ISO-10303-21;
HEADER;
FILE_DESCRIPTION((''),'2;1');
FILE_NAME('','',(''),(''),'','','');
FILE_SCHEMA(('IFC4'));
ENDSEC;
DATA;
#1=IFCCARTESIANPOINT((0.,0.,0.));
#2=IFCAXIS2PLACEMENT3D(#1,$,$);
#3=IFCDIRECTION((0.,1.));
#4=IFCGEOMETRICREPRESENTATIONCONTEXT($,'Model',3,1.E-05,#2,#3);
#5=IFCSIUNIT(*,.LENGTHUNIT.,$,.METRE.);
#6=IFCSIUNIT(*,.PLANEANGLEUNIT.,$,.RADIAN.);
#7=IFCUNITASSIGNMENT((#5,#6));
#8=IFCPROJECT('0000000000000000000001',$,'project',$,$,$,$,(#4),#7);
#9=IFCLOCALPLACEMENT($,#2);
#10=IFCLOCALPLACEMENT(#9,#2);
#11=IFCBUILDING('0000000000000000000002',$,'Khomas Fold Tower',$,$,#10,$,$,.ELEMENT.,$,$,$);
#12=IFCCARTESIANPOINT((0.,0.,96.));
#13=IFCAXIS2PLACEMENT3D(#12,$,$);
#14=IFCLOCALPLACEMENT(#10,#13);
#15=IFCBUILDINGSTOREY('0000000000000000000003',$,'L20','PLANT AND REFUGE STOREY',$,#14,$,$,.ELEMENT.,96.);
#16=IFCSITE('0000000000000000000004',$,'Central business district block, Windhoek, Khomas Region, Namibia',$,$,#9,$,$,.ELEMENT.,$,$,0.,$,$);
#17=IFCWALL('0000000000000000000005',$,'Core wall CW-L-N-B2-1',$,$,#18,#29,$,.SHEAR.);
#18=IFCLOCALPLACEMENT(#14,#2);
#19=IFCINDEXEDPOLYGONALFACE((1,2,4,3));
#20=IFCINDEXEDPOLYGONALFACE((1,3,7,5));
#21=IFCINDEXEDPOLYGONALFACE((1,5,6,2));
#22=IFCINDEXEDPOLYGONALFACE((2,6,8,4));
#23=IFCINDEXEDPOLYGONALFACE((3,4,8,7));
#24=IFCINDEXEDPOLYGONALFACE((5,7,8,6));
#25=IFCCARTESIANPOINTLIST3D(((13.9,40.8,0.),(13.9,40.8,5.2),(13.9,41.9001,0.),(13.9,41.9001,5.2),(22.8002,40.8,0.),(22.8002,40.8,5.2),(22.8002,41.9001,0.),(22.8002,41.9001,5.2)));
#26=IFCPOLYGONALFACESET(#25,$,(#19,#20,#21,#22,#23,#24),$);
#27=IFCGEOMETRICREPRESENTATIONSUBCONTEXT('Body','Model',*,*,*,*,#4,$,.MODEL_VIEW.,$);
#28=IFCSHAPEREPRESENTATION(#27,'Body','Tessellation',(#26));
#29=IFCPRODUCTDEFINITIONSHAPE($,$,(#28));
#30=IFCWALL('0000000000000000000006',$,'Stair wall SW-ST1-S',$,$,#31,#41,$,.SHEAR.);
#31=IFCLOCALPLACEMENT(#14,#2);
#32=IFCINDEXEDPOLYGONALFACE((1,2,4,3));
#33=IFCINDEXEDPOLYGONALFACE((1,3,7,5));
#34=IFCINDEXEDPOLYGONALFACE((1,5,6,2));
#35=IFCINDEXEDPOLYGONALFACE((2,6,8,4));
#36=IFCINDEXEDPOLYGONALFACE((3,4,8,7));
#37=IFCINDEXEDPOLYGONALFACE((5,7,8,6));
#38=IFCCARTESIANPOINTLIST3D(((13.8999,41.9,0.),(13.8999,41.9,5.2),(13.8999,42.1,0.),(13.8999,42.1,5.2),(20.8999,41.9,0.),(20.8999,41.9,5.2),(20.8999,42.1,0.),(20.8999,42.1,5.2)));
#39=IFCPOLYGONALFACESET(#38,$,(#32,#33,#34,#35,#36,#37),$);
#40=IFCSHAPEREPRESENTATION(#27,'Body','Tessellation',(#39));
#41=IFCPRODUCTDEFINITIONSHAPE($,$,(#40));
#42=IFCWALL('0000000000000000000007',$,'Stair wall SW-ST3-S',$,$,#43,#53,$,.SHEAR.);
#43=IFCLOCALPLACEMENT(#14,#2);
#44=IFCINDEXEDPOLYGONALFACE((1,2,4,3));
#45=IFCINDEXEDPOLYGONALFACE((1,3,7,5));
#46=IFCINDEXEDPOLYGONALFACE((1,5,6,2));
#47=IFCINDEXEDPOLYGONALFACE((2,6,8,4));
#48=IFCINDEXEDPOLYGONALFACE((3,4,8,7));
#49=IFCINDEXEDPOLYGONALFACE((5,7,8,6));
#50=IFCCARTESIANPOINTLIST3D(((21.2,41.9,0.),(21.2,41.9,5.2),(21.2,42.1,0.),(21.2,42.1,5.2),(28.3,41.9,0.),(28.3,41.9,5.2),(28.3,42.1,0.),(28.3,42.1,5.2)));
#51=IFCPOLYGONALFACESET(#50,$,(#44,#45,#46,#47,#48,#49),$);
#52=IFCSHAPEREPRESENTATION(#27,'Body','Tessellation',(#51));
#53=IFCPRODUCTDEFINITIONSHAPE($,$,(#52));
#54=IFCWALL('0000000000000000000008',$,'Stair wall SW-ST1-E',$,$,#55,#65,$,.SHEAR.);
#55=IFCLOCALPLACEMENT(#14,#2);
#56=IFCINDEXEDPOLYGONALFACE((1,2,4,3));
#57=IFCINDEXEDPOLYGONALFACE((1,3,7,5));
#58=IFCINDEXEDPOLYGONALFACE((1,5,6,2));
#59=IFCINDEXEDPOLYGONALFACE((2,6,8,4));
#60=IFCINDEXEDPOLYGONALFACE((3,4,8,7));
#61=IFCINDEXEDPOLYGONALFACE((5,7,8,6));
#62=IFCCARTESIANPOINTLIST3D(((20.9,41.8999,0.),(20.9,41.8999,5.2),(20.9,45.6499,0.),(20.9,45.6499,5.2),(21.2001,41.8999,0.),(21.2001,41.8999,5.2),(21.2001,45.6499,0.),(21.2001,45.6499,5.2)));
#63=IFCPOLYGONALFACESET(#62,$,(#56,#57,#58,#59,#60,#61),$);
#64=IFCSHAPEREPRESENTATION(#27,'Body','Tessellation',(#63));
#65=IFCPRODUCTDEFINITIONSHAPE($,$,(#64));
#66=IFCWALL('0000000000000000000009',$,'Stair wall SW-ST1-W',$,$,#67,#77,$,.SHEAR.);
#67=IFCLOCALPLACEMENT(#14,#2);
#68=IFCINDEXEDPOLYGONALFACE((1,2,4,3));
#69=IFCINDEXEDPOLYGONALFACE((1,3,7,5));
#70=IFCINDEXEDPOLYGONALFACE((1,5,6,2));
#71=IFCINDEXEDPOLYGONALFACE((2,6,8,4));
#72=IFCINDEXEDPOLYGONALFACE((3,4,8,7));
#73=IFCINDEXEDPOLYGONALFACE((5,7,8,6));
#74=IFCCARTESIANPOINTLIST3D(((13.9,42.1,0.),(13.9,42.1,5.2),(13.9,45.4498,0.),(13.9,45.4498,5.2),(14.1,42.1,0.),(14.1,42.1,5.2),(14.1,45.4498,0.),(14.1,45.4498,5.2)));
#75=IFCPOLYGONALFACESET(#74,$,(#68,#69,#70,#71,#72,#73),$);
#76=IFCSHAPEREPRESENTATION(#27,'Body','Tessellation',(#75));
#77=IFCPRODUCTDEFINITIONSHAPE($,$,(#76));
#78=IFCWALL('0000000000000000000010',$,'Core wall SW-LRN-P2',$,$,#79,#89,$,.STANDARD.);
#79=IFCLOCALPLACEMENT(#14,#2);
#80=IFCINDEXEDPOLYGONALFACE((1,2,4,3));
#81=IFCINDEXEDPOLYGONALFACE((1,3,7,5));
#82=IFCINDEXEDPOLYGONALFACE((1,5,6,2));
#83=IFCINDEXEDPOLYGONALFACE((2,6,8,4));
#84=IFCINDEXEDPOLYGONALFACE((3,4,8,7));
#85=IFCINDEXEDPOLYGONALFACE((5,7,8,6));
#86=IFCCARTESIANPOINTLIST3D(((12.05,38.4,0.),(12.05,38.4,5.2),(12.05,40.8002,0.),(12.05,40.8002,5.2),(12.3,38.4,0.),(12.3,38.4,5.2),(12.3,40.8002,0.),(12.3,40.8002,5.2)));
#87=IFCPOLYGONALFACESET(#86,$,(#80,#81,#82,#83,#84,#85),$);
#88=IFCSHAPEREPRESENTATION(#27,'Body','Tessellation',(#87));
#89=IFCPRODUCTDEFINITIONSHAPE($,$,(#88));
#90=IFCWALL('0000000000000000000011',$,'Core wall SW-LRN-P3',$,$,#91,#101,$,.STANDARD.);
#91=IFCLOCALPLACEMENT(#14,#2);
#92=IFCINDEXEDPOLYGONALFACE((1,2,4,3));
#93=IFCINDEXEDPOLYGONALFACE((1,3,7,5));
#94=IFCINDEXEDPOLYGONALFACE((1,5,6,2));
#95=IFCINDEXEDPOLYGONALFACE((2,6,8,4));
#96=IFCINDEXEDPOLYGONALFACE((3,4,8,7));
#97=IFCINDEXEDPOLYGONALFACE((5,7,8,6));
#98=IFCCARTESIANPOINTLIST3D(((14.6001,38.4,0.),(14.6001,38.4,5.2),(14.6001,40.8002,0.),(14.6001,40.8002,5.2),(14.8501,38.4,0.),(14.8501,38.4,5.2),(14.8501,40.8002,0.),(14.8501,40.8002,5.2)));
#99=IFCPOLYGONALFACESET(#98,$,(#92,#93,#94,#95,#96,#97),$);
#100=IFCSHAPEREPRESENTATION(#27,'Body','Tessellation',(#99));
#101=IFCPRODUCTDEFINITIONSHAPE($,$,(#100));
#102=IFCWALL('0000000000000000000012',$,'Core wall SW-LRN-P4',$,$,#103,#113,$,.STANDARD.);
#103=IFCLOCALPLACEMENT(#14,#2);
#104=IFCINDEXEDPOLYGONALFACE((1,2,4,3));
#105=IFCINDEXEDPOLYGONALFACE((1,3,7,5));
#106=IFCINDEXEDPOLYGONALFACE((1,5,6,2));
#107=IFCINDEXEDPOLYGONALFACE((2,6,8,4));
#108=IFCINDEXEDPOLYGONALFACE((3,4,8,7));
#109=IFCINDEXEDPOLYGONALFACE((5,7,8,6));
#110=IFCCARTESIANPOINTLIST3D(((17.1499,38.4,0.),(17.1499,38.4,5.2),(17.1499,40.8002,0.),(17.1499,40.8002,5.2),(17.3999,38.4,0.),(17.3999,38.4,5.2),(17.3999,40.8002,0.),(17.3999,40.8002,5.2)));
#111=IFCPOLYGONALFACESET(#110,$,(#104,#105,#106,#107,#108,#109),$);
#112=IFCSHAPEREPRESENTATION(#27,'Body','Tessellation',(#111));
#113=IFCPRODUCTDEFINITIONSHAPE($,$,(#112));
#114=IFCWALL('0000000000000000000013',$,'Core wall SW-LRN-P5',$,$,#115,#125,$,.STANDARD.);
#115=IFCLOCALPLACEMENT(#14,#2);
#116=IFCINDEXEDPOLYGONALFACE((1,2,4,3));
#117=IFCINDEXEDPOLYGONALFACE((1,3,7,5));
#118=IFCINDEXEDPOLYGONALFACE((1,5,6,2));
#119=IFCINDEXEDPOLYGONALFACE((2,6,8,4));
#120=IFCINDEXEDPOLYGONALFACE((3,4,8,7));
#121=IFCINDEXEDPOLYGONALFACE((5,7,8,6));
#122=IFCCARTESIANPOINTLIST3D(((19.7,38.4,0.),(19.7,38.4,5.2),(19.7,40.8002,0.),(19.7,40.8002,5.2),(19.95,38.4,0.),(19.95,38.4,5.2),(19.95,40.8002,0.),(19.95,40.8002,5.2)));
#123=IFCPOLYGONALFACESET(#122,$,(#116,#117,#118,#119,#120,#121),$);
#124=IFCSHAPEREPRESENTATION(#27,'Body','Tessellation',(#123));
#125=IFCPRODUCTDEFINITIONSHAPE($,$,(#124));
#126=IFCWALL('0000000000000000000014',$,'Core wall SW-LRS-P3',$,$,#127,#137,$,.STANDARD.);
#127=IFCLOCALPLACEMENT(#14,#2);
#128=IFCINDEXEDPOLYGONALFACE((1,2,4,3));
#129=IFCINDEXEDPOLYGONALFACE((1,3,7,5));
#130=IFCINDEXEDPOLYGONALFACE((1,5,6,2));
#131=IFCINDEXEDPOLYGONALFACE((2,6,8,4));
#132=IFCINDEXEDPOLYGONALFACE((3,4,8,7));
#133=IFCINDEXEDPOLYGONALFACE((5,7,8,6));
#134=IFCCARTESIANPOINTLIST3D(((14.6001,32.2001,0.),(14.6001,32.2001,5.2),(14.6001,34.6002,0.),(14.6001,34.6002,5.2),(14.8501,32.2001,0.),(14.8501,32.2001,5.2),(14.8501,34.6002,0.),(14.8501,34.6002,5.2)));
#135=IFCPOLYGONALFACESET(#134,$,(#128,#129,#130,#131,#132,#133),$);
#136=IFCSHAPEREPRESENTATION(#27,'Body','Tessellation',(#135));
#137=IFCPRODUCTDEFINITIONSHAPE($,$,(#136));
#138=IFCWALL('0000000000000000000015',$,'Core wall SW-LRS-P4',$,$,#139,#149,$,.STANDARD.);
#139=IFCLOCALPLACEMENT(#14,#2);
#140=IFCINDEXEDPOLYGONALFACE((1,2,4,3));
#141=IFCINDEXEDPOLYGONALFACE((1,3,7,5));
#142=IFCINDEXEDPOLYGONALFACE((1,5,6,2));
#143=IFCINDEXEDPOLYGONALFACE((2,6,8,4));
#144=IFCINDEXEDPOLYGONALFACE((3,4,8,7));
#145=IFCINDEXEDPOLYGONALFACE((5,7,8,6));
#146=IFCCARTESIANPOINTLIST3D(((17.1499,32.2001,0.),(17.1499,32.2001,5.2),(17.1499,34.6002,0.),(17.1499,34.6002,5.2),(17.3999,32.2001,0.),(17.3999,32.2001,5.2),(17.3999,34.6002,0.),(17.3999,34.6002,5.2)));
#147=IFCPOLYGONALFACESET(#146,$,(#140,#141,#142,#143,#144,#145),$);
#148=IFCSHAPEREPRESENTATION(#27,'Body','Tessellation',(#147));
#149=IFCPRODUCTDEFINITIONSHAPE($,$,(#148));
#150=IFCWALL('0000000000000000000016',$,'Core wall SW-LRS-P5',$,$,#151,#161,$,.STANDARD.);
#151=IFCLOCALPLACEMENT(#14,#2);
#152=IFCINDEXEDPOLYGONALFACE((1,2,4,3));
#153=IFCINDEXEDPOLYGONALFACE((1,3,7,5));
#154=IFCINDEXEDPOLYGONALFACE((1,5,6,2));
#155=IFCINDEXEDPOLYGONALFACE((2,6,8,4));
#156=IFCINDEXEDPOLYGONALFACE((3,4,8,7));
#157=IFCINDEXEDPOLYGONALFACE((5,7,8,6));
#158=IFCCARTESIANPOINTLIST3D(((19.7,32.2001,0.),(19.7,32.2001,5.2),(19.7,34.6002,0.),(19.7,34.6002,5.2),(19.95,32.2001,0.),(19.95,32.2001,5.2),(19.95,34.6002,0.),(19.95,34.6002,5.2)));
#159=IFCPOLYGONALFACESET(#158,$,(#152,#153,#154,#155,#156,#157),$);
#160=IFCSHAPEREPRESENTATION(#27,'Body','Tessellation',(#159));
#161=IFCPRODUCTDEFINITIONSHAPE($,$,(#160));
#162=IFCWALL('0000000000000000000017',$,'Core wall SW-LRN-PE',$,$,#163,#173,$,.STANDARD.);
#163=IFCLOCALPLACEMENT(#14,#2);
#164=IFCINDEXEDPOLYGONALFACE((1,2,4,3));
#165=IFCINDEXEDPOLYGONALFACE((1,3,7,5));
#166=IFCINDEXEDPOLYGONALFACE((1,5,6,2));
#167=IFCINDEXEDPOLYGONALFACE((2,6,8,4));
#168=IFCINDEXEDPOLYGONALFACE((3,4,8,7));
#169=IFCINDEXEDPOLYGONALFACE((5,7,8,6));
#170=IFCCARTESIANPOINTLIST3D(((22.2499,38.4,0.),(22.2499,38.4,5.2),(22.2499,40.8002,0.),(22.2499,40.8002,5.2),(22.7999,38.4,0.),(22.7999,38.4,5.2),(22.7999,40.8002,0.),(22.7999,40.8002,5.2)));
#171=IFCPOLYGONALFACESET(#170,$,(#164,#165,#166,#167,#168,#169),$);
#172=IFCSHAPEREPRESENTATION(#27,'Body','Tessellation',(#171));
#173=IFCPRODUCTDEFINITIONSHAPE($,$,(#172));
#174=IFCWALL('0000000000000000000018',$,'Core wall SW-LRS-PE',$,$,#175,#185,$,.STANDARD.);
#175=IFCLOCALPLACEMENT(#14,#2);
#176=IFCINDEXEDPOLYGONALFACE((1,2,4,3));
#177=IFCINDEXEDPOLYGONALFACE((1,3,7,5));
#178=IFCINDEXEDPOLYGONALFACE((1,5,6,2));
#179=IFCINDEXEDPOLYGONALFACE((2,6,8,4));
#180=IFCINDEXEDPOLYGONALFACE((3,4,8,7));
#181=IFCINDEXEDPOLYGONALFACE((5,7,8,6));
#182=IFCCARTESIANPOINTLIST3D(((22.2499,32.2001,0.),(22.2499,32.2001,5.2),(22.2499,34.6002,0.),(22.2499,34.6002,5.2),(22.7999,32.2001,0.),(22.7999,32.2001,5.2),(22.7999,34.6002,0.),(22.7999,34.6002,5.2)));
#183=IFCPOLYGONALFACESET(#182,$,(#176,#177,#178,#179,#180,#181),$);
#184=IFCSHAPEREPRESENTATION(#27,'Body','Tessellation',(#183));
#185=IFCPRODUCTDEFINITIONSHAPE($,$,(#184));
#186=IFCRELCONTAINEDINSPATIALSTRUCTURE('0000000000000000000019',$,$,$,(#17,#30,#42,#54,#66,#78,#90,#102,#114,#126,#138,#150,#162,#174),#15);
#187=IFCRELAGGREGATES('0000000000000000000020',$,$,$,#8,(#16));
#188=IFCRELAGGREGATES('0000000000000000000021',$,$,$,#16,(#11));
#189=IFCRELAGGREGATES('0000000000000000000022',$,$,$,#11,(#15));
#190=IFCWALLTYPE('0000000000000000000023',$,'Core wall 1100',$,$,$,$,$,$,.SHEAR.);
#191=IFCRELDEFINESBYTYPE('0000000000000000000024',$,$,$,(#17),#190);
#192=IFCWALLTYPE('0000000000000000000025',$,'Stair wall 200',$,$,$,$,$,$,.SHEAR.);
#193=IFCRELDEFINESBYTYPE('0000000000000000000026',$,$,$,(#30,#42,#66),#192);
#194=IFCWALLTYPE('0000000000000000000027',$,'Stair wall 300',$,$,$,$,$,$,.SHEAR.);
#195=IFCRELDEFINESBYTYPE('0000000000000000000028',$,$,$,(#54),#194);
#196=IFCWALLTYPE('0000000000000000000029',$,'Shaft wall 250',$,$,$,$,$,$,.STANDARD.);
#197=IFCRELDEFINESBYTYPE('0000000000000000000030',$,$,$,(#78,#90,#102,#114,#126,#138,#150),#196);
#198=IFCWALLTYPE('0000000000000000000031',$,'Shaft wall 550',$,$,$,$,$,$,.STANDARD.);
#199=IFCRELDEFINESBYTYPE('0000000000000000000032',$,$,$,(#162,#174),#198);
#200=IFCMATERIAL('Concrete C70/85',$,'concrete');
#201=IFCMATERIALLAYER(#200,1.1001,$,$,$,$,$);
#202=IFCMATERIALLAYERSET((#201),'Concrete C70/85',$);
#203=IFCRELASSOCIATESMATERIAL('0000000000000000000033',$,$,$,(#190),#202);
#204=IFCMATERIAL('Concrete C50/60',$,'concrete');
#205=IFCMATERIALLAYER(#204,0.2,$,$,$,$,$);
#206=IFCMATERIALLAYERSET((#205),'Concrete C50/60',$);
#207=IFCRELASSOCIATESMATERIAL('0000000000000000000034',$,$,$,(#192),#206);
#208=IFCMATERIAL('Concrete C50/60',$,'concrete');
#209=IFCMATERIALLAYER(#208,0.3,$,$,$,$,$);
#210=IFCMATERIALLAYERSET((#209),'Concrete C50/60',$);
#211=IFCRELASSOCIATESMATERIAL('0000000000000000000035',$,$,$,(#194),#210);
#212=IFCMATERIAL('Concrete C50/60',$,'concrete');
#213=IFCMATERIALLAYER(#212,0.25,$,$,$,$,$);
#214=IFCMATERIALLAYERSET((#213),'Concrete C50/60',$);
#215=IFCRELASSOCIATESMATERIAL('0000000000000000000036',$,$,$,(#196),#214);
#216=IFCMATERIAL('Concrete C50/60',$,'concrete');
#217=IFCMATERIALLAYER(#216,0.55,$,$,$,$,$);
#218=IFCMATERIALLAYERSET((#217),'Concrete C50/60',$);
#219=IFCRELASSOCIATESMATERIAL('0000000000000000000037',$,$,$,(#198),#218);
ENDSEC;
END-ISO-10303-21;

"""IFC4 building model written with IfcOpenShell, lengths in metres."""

from ifc_helpers import new_model, si_unit, direction, frame, frame_2d, origin, place, context, subcontext, project, spatial, rectangle, extrude, source, transform, mapped, material, layer, layer_set, type_object, element, save


model = new_model("IFC4")

# Units and contexts
model_context = context("Model", 3, precision=1e-05, world=origin(), true_north=direction((0.0, 1.0)))
body_context = subcontext(model_context, "Body", "Model", "MODEL_VIEW")
ifc_project = project(units=[si_unit("LENGTHUNIT", "METRE"), si_unit("PLANEANGLEUNIT", "RADIAN")], contexts=[model_context])

# Site, building, storey
site_placement = place(None, origin())
site = spatial("IfcSite", under=ifc_project, at=site_placement, Name="Central business district block, Windhoek, Khomas Region, Namibia", CompositionType="ELEMENT", RefElevation=0.0)
building_placement = place(site_placement, origin())
building = spatial("IfcBuilding", under=site, at=building_placement, Name="Khomas Fold Tower", CompositionType="ELEMENT")
storey_placement = place(building_placement, frame((0.0, 0.0, 96.0)))
storey = spatial("IfcBuildingStorey", under=building, at=storey_placement, Name="L20", Description="PLANT AND REFUGE STOREY", CompositionType="ELEMENT", Elevation=96.0)

# Walls
ifc_material_1 = material(Name="Concrete C70/85", Category="concrete")
ifc_layer_1 = layer(ifc_material_1, 1.1001)
ifc_layer_set_1 = layer_set([ifc_layer_1], Name="Concrete C70/85")
wall_type_1 = type_object("IfcWallType", Name="Core wall 1100", PredefinedType="SHEAR", material=ifc_layer_set_1)
shared_shape_1 = source(origin(), body_context, "Body", "SweptSolid", [
    extrude(rectangle(XDim=8.9001, YDim=1.1001, at=frame_2d((4.4502, 0.0))), origin(), (0.0, 0.0, 1.0), 5.2),
])
wall_1_placement = place(storey_placement, frame((13.8999, 41.3501, 0.0), z_axis=(0.0, 0.0, 1.0), x_axis=(1.0, 0.0, 0.0)))
element("IfcWall", 1, at=wall_1_placement, inside=storey, type_object=wall_type_1, Name="Core wall CW-L-N-B2-1", PredefinedType="SHEAR", context=body_context, shape_type="MappedRepresentation", body=[
    mapped(shared_shape_1, transform((0.0, 0.0, 0.0))),
])
ifc_material_2 = material(Name="Concrete C50/60", Category="concrete")
ifc_layer_2 = layer(ifc_material_2, 0.2)
ifc_layer_set_2 = layer_set([ifc_layer_2], Name="Concrete C50/60")
wall_type_2 = type_object("IfcWallType", Name="Stair wall 200", PredefinedType="SHEAR", material=ifc_layer_set_2)
shared_shape_2 = source(origin(), body_context, "Body", "SweptSolid", [
    extrude(rectangle(XDim=7.0, YDim=0.2, at=frame_2d((3.5, 0.0))), origin(), (0.0, 0.0, 1.0), 5.2),
])
wall_2_placement = place(storey_placement, frame((13.8999, 42.0, 0.0), z_axis=(0.0, 0.0, 1.0), x_axis=(1.0, 0.0, 0.0)))
element("IfcWall", 2, at=wall_2_placement, inside=storey, type_object=wall_type_2, Name="Stair wall SW-ST1-S", PredefinedType="SHEAR", context=body_context, shape_type="MappedRepresentation", body=[
    mapped(shared_shape_2, transform((0.0, 0.0, 0.0))),
])
shared_shape_3 = source(origin(), body_context, "Body", "SweptSolid", [
    extrude(rectangle(XDim=7.1001, YDim=0.2, at=frame_2d((3.55, 0.0))), origin(), (0.0, 0.0, 1.0), 5.2),
])
wall_3_placement = place(storey_placement, frame((21.2, 42.0, 0.0), z_axis=(0.0, 0.0, 1.0), x_axis=(1.0, 0.0, 0.0)))
element("IfcWall", 3, at=wall_3_placement, inside=storey, type_object=wall_type_2, Name="Stair wall SW-ST3-S", PredefinedType="SHEAR", context=body_context, shape_type="MappedRepresentation", body=[
    mapped(shared_shape_3, transform((0.0, 0.0, 0.0))),
])
ifc_material_3 = material(Name="Concrete C50/60", Category="concrete")
ifc_layer_3 = layer(ifc_material_3, 0.3)
ifc_layer_set_3 = layer_set([ifc_layer_3], Name="Concrete C50/60")
wall_type_3 = type_object("IfcWallType", Name="Stair wall 300", PredefinedType="SHEAR", material=ifc_layer_set_3)
shared_shape_4 = source(origin(), body_context, "Body", "SweptSolid", [
    extrude(rectangle(XDim=3.75, YDim=0.3, at=frame_2d((1.875, 0.0))), origin(), (0.0, 0.0, 1.0), 5.2),
])
wall_4_placement = place(storey_placement, frame((21.05, 41.8999, 0.0), z_axis=(0.0, 0.0, 1.0), x_axis=(0.0, 1.0, 0.0)))
element("IfcWall", 4, at=wall_4_placement, inside=storey, type_object=wall_type_3, Name="Stair wall SW-ST1-E", PredefinedType="SHEAR", context=body_context, shape_type="MappedRepresentation", body=[
    mapped(shared_shape_4, transform((0.0, 0.0, 0.0))),
])
shared_shape_5 = source(origin(), body_context, "Body", "SweptSolid", [
    extrude(rectangle(XDim=3.3499, YDim=0.2, at=frame_2d((1.6748, 0.0))), origin(), (0.0, 0.0, 1.0), 5.2),
])
wall_5_placement = place(storey_placement, frame((14.0, 42.1001, 0.0), z_axis=(0.0, 0.0, 1.0), x_axis=(0.0, 1.0, 0.0)))
element("IfcWall", 5, at=wall_5_placement, inside=storey, type_object=wall_type_2, Name="Stair wall SW-ST1-W", PredefinedType="SHEAR", context=body_context, shape_type="MappedRepresentation", body=[
    mapped(shared_shape_5, transform((0.0, 0.0, 0.0))),
])
ifc_material_4 = material(Name="Concrete C50/60", Category="concrete")
ifc_layer_4 = layer(ifc_material_4, 0.25)
ifc_layer_set_4 = layer_set([ifc_layer_4], Name="Concrete C50/60")
wall_type_4 = type_object("IfcWallType", Name="Shaft wall 250", PredefinedType="STANDARD", material=ifc_layer_set_4)
shared_shape_6 = source(origin(), body_context, "Body", "SweptSolid", [
    extrude(rectangle(XDim=2.4001, YDim=0.25, at=frame_2d((1.2002, 0.0))), origin(), (0.0, 0.0, 1.0), 5.2),
])
for number, where, z_axis, x_axis, name in (
    (6, (12.175, 38.3999, 0.0), (0.0, 0.0, 1.0), (0.0, 1.0, 0.0), "Core wall SW-LRN-P2"),
    (7, (14.7251, 38.3999, 0.0), (0.0, 0.0, 1.0), (0.0, 1.0, 0.0), "Core wall SW-LRN-P3"),
    (8, (17.2749, 38.3999, 0.0), (0.0, 0.0, 1.0), (0.0, 1.0, 0.0), "Core wall SW-LRN-P4"),
    (9, (19.825, 38.3999, 0.0), (0.0, 0.0, 1.0), (0.0, 1.0, 0.0), "Core wall SW-LRN-P5"),
    (10, (14.7251, 32.2, 0.0), (0.0, 0.0, 1.0), (0.0, 1.0, 0.0), "Core wall SW-LRS-P3"),
    (11, (17.2749, 32.2, 0.0), (0.0, 0.0, 1.0), (0.0, 1.0, 0.0), "Core wall SW-LRS-P4"),
    (12, (19.825, 32.2, 0.0), (0.0, 0.0, 1.0), (0.0, 1.0, 0.0), "Core wall SW-LRS-P5"),
):
    element("IfcWall", number, at=place(storey_placement, frame(where, z_axis=z_axis, x_axis=x_axis)), inside=storey, type_object=wall_type_4, Name=name, PredefinedType="STANDARD", context=body_context, shape_type="MappedRepresentation", body=[
        mapped(shared_shape_6, transform((0.0, 0.0, 0.0))),
    ])
ifc_material_5 = material(Name="Concrete C50/60", Category="concrete")
ifc_layer_5 = layer(ifc_material_5, 0.55)
ifc_layer_set_5 = layer_set([ifc_layer_5], Name="Concrete C50/60")
wall_type_5 = type_object("IfcWallType", Name="Shaft wall 550", PredefinedType="STANDARD", material=ifc_layer_set_5)
shared_shape_7 = source(origin(), body_context, "Body", "SweptSolid", [
    extrude(rectangle(XDim=2.4001, YDim=0.55, at=frame_2d((1.2002, 0.0))), origin(), (0.0, 0.0, 1.0), 5.2),
])
for number, where, z_axis, x_axis, name in (
    (13, (22.5249, 38.3999, 0.0), (0.0, 0.0, 1.0), (0.0, 1.0, 0.0), "Core wall SW-LRN-PE"),
    (14, (22.5249, 32.2, 0.0), (0.0, 0.0, 1.0), (0.0, 1.0, 0.0), "Core wall SW-LRS-PE"),
):
    element("IfcWall", number, at=place(storey_placement, frame(where, z_axis=z_axis, x_axis=x_axis)), inside=storey, type_object=wall_type_5, Name=name, PredefinedType="STANDARD", context=body_context, shape_type="MappedRepresentation", body=[
        mapped(shared_shape_7, transform((0.0, 0.0, 0.0))),
    ])

save(model, "model.ifc")
